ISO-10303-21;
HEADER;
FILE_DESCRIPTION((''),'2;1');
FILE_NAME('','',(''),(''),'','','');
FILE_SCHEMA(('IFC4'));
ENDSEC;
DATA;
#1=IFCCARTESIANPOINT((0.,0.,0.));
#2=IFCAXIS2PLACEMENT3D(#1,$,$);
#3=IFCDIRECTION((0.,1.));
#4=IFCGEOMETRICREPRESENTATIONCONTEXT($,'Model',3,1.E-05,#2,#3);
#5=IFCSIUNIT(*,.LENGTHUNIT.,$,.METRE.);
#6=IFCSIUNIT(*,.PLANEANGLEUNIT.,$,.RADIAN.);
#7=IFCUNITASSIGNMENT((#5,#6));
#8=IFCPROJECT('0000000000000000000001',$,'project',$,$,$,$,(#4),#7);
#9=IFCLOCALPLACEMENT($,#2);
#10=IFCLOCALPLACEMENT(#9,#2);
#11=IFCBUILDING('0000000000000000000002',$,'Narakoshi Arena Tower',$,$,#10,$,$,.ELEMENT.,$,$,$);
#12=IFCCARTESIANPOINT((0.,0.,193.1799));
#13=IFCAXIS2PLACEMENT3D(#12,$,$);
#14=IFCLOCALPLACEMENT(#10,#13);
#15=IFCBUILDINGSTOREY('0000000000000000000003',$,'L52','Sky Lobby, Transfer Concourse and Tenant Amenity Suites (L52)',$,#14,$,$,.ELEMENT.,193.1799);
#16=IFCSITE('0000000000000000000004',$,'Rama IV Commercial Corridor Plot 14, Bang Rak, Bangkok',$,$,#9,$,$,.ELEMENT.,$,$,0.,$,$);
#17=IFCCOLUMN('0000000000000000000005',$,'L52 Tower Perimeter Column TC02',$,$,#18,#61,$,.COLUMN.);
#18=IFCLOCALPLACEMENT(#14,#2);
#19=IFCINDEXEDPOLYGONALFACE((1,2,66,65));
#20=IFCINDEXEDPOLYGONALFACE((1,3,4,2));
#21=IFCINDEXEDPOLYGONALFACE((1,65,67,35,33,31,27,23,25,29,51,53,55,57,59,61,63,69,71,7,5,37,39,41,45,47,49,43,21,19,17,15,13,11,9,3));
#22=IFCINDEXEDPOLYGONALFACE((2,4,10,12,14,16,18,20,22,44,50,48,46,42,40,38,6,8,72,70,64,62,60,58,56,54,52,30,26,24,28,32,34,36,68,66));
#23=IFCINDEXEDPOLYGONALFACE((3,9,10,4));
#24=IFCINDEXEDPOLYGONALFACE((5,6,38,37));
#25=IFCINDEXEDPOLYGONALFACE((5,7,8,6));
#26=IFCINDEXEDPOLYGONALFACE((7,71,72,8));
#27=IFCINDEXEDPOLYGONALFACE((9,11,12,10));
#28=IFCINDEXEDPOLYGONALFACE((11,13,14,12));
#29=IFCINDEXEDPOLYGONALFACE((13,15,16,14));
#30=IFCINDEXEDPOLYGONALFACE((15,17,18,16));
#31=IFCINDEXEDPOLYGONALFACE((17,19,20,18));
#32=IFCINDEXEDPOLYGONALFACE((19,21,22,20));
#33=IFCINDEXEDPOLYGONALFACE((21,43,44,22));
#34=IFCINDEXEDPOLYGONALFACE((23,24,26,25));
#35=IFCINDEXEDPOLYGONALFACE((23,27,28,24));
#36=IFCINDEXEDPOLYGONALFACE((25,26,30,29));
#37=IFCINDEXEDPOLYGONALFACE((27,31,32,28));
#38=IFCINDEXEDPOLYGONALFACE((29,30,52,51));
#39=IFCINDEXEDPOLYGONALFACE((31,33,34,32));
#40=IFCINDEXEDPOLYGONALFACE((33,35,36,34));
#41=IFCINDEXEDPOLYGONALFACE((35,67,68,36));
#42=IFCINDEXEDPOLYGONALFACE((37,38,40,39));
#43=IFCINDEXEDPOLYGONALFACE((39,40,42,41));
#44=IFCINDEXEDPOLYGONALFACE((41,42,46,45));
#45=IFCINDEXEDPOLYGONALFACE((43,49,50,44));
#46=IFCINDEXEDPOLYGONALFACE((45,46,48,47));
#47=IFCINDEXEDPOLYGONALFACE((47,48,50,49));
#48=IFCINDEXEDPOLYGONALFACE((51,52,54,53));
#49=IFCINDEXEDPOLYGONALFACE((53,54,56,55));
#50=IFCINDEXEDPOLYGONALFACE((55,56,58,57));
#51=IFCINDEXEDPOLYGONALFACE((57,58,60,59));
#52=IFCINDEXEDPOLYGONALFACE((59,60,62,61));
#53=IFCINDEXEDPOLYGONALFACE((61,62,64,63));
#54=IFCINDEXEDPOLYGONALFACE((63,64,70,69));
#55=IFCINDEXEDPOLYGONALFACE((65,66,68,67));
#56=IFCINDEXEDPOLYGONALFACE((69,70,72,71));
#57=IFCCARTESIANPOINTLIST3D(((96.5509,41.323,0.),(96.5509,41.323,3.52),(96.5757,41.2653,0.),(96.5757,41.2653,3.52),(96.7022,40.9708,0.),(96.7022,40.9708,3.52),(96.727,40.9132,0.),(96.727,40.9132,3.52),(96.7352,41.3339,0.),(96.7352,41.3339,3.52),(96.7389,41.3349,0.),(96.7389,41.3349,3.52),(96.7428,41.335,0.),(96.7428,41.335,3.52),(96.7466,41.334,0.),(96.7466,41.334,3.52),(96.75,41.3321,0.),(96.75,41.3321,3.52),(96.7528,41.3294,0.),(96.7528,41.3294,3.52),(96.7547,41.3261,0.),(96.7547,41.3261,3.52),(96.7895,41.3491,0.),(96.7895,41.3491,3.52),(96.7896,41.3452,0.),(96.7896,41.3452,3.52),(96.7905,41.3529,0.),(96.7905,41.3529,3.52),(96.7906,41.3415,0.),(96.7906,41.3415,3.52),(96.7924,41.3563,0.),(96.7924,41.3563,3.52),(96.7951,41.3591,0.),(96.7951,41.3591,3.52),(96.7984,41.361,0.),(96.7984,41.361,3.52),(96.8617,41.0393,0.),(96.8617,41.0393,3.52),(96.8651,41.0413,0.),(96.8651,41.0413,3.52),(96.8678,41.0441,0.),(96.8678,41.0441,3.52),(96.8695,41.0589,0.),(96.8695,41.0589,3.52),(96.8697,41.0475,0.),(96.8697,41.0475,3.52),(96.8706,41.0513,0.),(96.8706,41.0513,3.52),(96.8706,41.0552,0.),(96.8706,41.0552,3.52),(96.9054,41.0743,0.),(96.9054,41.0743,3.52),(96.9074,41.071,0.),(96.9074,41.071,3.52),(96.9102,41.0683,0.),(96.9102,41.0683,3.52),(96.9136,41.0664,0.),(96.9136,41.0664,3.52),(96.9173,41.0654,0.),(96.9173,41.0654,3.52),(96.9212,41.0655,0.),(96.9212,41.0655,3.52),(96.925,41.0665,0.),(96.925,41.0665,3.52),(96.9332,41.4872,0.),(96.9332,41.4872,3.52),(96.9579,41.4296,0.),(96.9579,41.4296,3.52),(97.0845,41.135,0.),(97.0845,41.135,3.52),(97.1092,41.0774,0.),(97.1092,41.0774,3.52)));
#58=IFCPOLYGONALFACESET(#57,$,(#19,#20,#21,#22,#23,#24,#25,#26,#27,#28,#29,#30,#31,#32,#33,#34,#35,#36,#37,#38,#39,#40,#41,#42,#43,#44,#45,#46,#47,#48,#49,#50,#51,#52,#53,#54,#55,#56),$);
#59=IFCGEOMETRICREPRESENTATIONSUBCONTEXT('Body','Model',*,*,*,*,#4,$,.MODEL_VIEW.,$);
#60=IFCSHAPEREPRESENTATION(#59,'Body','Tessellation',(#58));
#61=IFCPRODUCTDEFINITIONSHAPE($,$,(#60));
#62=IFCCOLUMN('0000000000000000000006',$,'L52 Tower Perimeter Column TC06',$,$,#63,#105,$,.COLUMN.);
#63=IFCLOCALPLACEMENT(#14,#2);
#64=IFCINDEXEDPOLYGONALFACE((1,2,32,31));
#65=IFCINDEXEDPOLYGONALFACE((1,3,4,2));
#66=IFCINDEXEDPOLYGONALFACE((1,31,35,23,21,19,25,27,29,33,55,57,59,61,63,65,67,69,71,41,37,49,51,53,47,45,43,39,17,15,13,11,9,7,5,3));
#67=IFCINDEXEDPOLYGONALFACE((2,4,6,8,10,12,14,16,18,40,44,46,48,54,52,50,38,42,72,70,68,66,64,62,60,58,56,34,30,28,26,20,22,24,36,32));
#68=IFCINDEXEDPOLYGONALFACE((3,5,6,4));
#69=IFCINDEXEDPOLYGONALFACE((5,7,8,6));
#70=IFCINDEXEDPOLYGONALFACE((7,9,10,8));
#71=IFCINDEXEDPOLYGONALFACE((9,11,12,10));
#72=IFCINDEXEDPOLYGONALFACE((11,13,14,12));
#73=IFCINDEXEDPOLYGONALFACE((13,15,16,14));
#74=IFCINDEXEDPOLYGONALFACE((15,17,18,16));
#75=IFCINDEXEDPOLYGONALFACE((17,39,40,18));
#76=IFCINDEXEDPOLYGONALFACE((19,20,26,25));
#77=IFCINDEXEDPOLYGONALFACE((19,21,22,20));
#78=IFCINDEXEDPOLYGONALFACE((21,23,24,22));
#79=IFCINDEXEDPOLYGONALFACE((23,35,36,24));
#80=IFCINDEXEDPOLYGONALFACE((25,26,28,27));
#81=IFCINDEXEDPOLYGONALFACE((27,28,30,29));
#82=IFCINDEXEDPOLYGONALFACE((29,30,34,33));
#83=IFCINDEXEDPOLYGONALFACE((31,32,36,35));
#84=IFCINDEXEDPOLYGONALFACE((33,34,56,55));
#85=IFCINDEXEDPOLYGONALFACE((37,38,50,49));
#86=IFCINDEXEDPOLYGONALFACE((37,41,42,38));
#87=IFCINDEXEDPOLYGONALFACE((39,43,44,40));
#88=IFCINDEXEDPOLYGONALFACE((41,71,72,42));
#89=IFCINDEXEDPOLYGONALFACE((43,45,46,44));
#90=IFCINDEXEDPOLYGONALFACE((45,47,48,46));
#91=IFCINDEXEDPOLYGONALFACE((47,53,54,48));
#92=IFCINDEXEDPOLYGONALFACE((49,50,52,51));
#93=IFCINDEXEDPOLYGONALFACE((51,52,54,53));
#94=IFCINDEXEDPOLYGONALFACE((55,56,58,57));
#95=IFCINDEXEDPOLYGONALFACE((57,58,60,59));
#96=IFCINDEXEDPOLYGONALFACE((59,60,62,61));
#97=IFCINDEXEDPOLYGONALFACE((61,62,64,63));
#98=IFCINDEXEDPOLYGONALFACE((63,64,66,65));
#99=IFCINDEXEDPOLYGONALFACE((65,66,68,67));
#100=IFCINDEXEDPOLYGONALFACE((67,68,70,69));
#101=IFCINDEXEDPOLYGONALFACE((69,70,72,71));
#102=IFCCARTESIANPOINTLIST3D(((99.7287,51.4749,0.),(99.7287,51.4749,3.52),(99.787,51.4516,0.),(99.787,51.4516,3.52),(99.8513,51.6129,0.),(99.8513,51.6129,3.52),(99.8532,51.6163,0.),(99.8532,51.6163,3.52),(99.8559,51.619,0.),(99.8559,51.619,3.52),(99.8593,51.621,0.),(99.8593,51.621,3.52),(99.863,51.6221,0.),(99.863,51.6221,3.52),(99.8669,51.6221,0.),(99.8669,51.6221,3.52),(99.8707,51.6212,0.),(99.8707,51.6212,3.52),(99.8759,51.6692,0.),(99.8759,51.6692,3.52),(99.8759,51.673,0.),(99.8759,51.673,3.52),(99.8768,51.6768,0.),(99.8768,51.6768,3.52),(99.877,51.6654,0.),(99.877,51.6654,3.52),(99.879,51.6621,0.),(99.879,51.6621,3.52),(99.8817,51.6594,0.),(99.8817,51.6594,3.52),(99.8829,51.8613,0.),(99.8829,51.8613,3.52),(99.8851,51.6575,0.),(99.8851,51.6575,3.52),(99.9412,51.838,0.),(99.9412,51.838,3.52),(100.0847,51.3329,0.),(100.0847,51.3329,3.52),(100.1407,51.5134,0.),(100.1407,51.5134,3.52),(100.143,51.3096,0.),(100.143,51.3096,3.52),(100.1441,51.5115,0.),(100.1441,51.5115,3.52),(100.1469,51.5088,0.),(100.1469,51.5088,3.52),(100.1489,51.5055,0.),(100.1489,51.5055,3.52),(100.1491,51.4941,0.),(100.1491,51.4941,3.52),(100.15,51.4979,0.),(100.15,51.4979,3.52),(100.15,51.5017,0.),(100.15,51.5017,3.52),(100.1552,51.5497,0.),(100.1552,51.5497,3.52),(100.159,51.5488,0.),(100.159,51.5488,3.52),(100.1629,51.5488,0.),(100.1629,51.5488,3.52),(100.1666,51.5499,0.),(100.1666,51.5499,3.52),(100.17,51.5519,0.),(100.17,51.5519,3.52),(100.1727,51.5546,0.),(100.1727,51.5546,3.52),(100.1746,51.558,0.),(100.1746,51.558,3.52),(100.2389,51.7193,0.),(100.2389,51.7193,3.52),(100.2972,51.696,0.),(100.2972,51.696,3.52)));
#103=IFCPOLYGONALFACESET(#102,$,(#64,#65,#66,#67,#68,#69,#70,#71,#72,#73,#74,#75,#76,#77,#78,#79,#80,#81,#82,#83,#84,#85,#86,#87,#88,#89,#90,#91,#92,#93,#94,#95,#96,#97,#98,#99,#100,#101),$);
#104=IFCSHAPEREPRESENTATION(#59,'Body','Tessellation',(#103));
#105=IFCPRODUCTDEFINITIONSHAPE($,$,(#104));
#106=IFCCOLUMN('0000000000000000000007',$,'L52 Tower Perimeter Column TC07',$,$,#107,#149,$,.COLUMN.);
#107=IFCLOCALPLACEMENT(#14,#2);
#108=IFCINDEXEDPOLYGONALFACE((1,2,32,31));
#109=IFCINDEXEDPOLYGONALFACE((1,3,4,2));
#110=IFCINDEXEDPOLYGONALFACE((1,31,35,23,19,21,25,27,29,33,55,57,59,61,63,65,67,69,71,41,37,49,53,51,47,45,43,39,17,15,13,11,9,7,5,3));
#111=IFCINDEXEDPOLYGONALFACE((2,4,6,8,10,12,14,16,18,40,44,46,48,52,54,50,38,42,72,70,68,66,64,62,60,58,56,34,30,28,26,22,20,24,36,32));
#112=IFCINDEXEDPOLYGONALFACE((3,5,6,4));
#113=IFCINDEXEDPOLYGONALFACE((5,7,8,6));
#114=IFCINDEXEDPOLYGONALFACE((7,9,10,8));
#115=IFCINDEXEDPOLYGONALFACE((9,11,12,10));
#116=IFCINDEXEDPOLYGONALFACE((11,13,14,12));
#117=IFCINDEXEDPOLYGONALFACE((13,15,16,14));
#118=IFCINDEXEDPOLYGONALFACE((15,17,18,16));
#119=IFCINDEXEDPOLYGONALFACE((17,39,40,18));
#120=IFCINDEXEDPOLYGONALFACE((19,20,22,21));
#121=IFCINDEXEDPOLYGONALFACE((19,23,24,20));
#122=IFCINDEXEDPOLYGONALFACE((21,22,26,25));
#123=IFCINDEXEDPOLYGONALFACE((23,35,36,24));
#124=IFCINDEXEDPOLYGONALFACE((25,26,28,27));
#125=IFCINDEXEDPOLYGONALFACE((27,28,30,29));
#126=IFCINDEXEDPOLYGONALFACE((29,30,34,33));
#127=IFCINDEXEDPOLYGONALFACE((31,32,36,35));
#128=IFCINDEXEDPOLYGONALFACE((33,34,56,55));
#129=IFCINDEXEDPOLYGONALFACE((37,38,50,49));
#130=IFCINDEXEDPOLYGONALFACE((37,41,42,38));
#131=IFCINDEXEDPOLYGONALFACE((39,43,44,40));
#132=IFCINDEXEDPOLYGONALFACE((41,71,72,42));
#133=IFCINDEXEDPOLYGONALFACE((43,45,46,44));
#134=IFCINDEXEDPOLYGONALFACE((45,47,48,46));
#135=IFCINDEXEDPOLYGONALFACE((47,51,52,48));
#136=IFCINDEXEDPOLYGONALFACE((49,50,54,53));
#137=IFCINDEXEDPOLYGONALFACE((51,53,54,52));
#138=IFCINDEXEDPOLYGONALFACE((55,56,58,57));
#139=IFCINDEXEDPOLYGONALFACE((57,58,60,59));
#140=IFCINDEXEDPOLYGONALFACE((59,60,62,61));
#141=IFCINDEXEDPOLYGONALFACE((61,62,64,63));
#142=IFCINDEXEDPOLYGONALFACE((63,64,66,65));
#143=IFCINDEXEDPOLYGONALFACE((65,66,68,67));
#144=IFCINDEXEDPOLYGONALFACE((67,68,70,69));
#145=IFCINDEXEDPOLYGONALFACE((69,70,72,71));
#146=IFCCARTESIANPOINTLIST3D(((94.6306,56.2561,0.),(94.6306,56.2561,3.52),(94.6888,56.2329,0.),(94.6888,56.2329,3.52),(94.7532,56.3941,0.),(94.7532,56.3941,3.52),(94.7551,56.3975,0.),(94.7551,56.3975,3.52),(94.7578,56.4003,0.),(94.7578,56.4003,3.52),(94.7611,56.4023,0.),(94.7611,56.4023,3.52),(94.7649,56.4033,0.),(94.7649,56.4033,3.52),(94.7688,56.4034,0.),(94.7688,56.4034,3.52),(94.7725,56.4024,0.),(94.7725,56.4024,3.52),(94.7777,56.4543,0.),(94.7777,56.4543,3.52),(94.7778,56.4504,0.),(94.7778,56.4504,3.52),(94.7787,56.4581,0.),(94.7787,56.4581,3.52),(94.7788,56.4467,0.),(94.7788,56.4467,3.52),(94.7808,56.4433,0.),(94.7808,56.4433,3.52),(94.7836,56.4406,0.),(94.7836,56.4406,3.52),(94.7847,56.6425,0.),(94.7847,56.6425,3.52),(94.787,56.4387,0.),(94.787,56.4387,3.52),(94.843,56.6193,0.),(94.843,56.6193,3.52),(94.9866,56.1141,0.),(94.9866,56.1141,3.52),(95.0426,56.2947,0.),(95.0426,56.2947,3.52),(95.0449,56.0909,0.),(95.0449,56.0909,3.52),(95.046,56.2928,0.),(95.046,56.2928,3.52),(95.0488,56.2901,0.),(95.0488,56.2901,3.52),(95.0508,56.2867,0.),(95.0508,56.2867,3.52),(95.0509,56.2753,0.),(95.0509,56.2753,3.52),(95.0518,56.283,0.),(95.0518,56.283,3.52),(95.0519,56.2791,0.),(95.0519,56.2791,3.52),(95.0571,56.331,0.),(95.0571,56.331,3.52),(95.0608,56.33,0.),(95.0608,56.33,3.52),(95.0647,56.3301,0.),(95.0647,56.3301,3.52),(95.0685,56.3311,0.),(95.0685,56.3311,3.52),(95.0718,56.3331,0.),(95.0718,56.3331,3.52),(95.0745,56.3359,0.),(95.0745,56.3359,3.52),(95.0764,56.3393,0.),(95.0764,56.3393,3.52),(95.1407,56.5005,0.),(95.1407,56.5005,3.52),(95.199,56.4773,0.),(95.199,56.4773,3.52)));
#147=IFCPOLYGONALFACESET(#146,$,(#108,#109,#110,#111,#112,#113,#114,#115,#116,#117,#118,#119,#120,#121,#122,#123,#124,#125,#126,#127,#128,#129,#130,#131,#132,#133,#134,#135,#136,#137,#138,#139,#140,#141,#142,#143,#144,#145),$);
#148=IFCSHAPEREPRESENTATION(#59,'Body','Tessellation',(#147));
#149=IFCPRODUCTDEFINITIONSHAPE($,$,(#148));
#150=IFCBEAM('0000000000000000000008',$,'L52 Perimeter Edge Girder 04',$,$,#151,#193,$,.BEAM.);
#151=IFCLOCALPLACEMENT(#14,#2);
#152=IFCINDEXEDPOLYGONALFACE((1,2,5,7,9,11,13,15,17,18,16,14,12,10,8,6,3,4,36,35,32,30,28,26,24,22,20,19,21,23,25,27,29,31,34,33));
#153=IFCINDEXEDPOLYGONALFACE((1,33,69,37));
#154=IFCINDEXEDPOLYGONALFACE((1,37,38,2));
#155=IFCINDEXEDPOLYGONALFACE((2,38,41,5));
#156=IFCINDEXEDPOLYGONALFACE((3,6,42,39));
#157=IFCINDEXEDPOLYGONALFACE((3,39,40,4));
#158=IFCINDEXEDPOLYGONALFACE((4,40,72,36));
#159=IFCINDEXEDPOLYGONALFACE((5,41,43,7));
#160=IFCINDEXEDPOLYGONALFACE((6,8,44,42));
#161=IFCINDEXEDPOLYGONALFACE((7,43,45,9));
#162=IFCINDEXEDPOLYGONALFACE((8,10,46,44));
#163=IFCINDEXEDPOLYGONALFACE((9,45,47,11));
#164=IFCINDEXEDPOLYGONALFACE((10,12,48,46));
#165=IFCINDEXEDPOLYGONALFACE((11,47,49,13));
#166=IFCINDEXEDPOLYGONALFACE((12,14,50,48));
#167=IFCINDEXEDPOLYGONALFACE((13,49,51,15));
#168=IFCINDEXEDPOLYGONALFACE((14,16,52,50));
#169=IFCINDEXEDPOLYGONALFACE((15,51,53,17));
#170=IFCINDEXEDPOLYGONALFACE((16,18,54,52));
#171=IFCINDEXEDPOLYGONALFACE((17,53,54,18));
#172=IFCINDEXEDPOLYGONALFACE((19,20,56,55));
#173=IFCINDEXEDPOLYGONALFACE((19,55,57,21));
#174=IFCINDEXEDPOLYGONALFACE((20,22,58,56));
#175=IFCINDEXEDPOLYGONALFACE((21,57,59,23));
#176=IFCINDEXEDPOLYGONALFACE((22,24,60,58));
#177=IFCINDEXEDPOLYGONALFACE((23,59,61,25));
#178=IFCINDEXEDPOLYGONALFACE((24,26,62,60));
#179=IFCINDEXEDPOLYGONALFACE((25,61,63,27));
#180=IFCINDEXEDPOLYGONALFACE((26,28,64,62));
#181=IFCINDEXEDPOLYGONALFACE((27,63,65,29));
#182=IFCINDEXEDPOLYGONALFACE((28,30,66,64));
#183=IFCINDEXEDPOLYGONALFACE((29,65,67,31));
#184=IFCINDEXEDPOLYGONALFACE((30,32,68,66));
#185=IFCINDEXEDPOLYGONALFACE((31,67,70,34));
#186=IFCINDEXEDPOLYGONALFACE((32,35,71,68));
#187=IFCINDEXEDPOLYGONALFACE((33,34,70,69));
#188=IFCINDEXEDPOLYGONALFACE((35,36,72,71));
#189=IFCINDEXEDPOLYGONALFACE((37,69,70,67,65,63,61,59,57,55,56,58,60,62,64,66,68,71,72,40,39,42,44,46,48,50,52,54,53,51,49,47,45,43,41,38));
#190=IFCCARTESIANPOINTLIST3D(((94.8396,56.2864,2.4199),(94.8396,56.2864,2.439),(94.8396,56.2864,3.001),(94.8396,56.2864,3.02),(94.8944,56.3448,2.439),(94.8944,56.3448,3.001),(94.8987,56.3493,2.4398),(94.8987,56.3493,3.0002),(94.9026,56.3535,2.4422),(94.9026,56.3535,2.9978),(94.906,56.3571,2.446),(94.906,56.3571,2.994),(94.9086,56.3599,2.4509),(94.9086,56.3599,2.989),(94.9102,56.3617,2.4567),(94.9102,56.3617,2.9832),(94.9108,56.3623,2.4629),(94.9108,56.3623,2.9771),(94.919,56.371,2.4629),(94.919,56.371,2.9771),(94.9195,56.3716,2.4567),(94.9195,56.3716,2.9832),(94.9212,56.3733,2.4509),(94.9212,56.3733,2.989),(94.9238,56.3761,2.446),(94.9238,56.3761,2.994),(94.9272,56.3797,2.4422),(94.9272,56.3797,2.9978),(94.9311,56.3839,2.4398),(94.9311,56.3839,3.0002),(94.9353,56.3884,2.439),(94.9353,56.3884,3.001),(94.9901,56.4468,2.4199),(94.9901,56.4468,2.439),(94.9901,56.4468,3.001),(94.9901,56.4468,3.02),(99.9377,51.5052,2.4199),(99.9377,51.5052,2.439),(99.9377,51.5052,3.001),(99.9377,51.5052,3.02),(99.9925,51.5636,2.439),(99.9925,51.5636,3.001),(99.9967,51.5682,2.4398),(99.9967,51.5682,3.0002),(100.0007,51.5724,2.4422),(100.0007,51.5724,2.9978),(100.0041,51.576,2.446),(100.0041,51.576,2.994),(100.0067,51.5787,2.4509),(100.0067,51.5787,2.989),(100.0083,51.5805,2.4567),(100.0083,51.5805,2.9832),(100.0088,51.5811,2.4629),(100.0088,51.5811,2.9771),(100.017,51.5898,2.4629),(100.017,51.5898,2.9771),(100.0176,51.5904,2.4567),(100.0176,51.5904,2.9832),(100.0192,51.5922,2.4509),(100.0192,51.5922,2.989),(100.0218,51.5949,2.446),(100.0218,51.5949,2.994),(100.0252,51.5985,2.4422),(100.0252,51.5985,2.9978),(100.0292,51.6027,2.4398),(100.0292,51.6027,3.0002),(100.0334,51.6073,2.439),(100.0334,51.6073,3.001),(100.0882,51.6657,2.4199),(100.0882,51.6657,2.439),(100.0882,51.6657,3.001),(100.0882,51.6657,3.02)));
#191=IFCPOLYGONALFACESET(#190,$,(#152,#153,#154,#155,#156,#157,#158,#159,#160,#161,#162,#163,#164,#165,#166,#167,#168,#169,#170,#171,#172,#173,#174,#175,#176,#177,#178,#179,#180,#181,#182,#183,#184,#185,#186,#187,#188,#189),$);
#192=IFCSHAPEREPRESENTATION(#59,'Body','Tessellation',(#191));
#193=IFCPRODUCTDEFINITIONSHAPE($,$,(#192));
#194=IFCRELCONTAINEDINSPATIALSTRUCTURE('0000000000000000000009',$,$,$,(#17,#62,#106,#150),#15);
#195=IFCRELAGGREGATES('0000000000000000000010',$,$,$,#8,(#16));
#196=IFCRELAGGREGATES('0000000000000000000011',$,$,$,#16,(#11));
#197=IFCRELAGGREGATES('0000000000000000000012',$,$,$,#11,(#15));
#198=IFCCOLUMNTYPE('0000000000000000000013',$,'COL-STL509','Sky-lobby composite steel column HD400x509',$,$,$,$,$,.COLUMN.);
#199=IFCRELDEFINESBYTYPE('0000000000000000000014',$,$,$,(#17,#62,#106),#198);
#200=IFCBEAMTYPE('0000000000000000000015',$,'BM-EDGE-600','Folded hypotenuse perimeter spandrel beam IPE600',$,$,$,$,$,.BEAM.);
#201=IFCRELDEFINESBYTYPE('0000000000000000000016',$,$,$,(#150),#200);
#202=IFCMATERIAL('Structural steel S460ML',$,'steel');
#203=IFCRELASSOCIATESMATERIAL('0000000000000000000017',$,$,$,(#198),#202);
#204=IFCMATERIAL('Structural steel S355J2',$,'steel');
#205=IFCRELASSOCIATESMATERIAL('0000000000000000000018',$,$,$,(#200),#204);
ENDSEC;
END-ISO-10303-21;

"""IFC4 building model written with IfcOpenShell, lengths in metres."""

from ifc_helpers import new_model, si_unit, direction, frame, origin, origin_2d, place, context, subcontext, project, spatial, i_section, extrude, material, material_profile, profile_set, type_object, element, save


model = new_model("IFC4")

# Units and contexts
model_context = context("Model", 3, precision=1e-05, world=origin(), true_north=direction((0.0, 1.0)))
body_context = subcontext(model_context, "Body", "Model", "MODEL_VIEW")
ifc_project = project(units=[si_unit("LENGTHUNIT", "METRE"), si_unit("PLANEANGLEUNIT", "RADIAN")], contexts=[model_context])

# Site, building, storey
site_placement = place(None, origin())
site = spatial("IfcSite", under=ifc_project, at=site_placement, Name="Rama IV Commercial Corridor Plot 14, Bang Rak, Bangkok", CompositionType="ELEMENT", RefElevation=0.0)
building_placement = place(site_placement, origin())
building = spatial("IfcBuilding", under=site, at=building_placement, Name="Narakoshi Arena Tower", CompositionType="ELEMENT")
storey_placement = place(building_placement, frame((0.0, 0.0, 193.1799)))
storey = spatial("IfcBuildingStorey", under=building, at=storey_placement, Name="L52", Description="Sky Lobby, Transfer Concourse and Tenant Amenity Suites (L52)", CompositionType="ELEMENT", Elevation=193.1799)

# Columns
ifc_material_1 = material(Name="Structural steel S460ML", Category="steel")
ifc_material_profile_1 = material_profile(ifc_material_1, i_section(OverallWidth=0.416, OverallDepth=0.446, WebThickness=0.0391, FlangeThickness=0.0627, FilletRadius=0.0149, at=origin_2d()), Name="HD400x509")
ifc_profile_set_1 = profile_set([ifc_material_profile_1], Name="Structural steel S460ML")
column_type = type_object("IfcColumnType", Name="COL-STL509", Description="Sky-lobby composite steel column HD400x509", PredefinedType="COLUMN", material=ifc_profile_set_1)
for number, where, z_axis, x_axis, name in (
    (1, (96.8301, 41.2002, 0.0), (0.0, 0.0, 1.0), (0.918791, 0.394744, 0.0), "L52 Tower Perimeter Column TC02"),
    (2, (100.0129, 51.5854, 0.0), (0.0, 0.0, 1.0), (0.370557, 0.92881, 0.0), "L52 Tower Perimeter Column TC06"),
    (3, (94.9148, 56.3667, 0.0), (0.0, 0.0, 1.0), (0.370557, 0.92881, 0.0), "L52 Tower Perimeter Column TC07"),
):
    element("IfcColumn", number, at=place(storey_placement, frame(where, z_axis=z_axis, x_axis=x_axis)), inside=storey, type_object=column_type, Name=name, PredefinedType="COLUMN", context=body_context, shape_type="SweptSolid", body=[
        extrude(i_section(OverallWidth=0.416, OverallDepth=0.446, WebThickness=0.0391, FlangeThickness=0.0627, FilletRadius=0.0149, at=origin_2d()), origin(), (0.0, 0.0, 1.0), 3.52),
    ])

# Beam
ifc_material_2 = material(Name="Structural steel S355J2", Category="steel")
ifc_material_profile_2 = material_profile(ifc_material_2, i_section(OverallWidth=0.22, OverallDepth=0.6001, WebThickness=0.012, FlangeThickness=0.019, FilletRadius=0.0239, at=origin_2d()), Name="IPE600")
ifc_profile_set_2 = profile_set([ifc_material_profile_2], Name="Structural steel S355J2")
beam_type_1 = type_object("IfcBeamType", Name="BM-EDGE-600", Description="Folded hypotenuse perimeter spandrel beam IPE600", PredefinedType="BEAM", material=ifc_profile_set_2)
beam_1_placement = place(storey_placement, frame((100.0129, 51.5854, 2.72), z_axis=(-0.729413, 0.684074, 0.0), x_axis=(-0.684074, -0.729413, 0.0)))
element("IfcBeam", 4, at=beam_1_placement, inside=storey, type_object=beam_type_1, Name="L52 Perimeter Edge Girder 04", PredefinedType="BEAM", context=body_context, shape_type="SweptSolid", body=[
    extrude(i_section(OverallWidth=0.22, OverallDepth=0.6001, WebThickness=0.012, FlangeThickness=0.019, FilletRadius=0.0239, at=origin_2d()), origin(), (0.0, 0.0, 1.0), 6.9893),
])

save(model, "model.ifc")
